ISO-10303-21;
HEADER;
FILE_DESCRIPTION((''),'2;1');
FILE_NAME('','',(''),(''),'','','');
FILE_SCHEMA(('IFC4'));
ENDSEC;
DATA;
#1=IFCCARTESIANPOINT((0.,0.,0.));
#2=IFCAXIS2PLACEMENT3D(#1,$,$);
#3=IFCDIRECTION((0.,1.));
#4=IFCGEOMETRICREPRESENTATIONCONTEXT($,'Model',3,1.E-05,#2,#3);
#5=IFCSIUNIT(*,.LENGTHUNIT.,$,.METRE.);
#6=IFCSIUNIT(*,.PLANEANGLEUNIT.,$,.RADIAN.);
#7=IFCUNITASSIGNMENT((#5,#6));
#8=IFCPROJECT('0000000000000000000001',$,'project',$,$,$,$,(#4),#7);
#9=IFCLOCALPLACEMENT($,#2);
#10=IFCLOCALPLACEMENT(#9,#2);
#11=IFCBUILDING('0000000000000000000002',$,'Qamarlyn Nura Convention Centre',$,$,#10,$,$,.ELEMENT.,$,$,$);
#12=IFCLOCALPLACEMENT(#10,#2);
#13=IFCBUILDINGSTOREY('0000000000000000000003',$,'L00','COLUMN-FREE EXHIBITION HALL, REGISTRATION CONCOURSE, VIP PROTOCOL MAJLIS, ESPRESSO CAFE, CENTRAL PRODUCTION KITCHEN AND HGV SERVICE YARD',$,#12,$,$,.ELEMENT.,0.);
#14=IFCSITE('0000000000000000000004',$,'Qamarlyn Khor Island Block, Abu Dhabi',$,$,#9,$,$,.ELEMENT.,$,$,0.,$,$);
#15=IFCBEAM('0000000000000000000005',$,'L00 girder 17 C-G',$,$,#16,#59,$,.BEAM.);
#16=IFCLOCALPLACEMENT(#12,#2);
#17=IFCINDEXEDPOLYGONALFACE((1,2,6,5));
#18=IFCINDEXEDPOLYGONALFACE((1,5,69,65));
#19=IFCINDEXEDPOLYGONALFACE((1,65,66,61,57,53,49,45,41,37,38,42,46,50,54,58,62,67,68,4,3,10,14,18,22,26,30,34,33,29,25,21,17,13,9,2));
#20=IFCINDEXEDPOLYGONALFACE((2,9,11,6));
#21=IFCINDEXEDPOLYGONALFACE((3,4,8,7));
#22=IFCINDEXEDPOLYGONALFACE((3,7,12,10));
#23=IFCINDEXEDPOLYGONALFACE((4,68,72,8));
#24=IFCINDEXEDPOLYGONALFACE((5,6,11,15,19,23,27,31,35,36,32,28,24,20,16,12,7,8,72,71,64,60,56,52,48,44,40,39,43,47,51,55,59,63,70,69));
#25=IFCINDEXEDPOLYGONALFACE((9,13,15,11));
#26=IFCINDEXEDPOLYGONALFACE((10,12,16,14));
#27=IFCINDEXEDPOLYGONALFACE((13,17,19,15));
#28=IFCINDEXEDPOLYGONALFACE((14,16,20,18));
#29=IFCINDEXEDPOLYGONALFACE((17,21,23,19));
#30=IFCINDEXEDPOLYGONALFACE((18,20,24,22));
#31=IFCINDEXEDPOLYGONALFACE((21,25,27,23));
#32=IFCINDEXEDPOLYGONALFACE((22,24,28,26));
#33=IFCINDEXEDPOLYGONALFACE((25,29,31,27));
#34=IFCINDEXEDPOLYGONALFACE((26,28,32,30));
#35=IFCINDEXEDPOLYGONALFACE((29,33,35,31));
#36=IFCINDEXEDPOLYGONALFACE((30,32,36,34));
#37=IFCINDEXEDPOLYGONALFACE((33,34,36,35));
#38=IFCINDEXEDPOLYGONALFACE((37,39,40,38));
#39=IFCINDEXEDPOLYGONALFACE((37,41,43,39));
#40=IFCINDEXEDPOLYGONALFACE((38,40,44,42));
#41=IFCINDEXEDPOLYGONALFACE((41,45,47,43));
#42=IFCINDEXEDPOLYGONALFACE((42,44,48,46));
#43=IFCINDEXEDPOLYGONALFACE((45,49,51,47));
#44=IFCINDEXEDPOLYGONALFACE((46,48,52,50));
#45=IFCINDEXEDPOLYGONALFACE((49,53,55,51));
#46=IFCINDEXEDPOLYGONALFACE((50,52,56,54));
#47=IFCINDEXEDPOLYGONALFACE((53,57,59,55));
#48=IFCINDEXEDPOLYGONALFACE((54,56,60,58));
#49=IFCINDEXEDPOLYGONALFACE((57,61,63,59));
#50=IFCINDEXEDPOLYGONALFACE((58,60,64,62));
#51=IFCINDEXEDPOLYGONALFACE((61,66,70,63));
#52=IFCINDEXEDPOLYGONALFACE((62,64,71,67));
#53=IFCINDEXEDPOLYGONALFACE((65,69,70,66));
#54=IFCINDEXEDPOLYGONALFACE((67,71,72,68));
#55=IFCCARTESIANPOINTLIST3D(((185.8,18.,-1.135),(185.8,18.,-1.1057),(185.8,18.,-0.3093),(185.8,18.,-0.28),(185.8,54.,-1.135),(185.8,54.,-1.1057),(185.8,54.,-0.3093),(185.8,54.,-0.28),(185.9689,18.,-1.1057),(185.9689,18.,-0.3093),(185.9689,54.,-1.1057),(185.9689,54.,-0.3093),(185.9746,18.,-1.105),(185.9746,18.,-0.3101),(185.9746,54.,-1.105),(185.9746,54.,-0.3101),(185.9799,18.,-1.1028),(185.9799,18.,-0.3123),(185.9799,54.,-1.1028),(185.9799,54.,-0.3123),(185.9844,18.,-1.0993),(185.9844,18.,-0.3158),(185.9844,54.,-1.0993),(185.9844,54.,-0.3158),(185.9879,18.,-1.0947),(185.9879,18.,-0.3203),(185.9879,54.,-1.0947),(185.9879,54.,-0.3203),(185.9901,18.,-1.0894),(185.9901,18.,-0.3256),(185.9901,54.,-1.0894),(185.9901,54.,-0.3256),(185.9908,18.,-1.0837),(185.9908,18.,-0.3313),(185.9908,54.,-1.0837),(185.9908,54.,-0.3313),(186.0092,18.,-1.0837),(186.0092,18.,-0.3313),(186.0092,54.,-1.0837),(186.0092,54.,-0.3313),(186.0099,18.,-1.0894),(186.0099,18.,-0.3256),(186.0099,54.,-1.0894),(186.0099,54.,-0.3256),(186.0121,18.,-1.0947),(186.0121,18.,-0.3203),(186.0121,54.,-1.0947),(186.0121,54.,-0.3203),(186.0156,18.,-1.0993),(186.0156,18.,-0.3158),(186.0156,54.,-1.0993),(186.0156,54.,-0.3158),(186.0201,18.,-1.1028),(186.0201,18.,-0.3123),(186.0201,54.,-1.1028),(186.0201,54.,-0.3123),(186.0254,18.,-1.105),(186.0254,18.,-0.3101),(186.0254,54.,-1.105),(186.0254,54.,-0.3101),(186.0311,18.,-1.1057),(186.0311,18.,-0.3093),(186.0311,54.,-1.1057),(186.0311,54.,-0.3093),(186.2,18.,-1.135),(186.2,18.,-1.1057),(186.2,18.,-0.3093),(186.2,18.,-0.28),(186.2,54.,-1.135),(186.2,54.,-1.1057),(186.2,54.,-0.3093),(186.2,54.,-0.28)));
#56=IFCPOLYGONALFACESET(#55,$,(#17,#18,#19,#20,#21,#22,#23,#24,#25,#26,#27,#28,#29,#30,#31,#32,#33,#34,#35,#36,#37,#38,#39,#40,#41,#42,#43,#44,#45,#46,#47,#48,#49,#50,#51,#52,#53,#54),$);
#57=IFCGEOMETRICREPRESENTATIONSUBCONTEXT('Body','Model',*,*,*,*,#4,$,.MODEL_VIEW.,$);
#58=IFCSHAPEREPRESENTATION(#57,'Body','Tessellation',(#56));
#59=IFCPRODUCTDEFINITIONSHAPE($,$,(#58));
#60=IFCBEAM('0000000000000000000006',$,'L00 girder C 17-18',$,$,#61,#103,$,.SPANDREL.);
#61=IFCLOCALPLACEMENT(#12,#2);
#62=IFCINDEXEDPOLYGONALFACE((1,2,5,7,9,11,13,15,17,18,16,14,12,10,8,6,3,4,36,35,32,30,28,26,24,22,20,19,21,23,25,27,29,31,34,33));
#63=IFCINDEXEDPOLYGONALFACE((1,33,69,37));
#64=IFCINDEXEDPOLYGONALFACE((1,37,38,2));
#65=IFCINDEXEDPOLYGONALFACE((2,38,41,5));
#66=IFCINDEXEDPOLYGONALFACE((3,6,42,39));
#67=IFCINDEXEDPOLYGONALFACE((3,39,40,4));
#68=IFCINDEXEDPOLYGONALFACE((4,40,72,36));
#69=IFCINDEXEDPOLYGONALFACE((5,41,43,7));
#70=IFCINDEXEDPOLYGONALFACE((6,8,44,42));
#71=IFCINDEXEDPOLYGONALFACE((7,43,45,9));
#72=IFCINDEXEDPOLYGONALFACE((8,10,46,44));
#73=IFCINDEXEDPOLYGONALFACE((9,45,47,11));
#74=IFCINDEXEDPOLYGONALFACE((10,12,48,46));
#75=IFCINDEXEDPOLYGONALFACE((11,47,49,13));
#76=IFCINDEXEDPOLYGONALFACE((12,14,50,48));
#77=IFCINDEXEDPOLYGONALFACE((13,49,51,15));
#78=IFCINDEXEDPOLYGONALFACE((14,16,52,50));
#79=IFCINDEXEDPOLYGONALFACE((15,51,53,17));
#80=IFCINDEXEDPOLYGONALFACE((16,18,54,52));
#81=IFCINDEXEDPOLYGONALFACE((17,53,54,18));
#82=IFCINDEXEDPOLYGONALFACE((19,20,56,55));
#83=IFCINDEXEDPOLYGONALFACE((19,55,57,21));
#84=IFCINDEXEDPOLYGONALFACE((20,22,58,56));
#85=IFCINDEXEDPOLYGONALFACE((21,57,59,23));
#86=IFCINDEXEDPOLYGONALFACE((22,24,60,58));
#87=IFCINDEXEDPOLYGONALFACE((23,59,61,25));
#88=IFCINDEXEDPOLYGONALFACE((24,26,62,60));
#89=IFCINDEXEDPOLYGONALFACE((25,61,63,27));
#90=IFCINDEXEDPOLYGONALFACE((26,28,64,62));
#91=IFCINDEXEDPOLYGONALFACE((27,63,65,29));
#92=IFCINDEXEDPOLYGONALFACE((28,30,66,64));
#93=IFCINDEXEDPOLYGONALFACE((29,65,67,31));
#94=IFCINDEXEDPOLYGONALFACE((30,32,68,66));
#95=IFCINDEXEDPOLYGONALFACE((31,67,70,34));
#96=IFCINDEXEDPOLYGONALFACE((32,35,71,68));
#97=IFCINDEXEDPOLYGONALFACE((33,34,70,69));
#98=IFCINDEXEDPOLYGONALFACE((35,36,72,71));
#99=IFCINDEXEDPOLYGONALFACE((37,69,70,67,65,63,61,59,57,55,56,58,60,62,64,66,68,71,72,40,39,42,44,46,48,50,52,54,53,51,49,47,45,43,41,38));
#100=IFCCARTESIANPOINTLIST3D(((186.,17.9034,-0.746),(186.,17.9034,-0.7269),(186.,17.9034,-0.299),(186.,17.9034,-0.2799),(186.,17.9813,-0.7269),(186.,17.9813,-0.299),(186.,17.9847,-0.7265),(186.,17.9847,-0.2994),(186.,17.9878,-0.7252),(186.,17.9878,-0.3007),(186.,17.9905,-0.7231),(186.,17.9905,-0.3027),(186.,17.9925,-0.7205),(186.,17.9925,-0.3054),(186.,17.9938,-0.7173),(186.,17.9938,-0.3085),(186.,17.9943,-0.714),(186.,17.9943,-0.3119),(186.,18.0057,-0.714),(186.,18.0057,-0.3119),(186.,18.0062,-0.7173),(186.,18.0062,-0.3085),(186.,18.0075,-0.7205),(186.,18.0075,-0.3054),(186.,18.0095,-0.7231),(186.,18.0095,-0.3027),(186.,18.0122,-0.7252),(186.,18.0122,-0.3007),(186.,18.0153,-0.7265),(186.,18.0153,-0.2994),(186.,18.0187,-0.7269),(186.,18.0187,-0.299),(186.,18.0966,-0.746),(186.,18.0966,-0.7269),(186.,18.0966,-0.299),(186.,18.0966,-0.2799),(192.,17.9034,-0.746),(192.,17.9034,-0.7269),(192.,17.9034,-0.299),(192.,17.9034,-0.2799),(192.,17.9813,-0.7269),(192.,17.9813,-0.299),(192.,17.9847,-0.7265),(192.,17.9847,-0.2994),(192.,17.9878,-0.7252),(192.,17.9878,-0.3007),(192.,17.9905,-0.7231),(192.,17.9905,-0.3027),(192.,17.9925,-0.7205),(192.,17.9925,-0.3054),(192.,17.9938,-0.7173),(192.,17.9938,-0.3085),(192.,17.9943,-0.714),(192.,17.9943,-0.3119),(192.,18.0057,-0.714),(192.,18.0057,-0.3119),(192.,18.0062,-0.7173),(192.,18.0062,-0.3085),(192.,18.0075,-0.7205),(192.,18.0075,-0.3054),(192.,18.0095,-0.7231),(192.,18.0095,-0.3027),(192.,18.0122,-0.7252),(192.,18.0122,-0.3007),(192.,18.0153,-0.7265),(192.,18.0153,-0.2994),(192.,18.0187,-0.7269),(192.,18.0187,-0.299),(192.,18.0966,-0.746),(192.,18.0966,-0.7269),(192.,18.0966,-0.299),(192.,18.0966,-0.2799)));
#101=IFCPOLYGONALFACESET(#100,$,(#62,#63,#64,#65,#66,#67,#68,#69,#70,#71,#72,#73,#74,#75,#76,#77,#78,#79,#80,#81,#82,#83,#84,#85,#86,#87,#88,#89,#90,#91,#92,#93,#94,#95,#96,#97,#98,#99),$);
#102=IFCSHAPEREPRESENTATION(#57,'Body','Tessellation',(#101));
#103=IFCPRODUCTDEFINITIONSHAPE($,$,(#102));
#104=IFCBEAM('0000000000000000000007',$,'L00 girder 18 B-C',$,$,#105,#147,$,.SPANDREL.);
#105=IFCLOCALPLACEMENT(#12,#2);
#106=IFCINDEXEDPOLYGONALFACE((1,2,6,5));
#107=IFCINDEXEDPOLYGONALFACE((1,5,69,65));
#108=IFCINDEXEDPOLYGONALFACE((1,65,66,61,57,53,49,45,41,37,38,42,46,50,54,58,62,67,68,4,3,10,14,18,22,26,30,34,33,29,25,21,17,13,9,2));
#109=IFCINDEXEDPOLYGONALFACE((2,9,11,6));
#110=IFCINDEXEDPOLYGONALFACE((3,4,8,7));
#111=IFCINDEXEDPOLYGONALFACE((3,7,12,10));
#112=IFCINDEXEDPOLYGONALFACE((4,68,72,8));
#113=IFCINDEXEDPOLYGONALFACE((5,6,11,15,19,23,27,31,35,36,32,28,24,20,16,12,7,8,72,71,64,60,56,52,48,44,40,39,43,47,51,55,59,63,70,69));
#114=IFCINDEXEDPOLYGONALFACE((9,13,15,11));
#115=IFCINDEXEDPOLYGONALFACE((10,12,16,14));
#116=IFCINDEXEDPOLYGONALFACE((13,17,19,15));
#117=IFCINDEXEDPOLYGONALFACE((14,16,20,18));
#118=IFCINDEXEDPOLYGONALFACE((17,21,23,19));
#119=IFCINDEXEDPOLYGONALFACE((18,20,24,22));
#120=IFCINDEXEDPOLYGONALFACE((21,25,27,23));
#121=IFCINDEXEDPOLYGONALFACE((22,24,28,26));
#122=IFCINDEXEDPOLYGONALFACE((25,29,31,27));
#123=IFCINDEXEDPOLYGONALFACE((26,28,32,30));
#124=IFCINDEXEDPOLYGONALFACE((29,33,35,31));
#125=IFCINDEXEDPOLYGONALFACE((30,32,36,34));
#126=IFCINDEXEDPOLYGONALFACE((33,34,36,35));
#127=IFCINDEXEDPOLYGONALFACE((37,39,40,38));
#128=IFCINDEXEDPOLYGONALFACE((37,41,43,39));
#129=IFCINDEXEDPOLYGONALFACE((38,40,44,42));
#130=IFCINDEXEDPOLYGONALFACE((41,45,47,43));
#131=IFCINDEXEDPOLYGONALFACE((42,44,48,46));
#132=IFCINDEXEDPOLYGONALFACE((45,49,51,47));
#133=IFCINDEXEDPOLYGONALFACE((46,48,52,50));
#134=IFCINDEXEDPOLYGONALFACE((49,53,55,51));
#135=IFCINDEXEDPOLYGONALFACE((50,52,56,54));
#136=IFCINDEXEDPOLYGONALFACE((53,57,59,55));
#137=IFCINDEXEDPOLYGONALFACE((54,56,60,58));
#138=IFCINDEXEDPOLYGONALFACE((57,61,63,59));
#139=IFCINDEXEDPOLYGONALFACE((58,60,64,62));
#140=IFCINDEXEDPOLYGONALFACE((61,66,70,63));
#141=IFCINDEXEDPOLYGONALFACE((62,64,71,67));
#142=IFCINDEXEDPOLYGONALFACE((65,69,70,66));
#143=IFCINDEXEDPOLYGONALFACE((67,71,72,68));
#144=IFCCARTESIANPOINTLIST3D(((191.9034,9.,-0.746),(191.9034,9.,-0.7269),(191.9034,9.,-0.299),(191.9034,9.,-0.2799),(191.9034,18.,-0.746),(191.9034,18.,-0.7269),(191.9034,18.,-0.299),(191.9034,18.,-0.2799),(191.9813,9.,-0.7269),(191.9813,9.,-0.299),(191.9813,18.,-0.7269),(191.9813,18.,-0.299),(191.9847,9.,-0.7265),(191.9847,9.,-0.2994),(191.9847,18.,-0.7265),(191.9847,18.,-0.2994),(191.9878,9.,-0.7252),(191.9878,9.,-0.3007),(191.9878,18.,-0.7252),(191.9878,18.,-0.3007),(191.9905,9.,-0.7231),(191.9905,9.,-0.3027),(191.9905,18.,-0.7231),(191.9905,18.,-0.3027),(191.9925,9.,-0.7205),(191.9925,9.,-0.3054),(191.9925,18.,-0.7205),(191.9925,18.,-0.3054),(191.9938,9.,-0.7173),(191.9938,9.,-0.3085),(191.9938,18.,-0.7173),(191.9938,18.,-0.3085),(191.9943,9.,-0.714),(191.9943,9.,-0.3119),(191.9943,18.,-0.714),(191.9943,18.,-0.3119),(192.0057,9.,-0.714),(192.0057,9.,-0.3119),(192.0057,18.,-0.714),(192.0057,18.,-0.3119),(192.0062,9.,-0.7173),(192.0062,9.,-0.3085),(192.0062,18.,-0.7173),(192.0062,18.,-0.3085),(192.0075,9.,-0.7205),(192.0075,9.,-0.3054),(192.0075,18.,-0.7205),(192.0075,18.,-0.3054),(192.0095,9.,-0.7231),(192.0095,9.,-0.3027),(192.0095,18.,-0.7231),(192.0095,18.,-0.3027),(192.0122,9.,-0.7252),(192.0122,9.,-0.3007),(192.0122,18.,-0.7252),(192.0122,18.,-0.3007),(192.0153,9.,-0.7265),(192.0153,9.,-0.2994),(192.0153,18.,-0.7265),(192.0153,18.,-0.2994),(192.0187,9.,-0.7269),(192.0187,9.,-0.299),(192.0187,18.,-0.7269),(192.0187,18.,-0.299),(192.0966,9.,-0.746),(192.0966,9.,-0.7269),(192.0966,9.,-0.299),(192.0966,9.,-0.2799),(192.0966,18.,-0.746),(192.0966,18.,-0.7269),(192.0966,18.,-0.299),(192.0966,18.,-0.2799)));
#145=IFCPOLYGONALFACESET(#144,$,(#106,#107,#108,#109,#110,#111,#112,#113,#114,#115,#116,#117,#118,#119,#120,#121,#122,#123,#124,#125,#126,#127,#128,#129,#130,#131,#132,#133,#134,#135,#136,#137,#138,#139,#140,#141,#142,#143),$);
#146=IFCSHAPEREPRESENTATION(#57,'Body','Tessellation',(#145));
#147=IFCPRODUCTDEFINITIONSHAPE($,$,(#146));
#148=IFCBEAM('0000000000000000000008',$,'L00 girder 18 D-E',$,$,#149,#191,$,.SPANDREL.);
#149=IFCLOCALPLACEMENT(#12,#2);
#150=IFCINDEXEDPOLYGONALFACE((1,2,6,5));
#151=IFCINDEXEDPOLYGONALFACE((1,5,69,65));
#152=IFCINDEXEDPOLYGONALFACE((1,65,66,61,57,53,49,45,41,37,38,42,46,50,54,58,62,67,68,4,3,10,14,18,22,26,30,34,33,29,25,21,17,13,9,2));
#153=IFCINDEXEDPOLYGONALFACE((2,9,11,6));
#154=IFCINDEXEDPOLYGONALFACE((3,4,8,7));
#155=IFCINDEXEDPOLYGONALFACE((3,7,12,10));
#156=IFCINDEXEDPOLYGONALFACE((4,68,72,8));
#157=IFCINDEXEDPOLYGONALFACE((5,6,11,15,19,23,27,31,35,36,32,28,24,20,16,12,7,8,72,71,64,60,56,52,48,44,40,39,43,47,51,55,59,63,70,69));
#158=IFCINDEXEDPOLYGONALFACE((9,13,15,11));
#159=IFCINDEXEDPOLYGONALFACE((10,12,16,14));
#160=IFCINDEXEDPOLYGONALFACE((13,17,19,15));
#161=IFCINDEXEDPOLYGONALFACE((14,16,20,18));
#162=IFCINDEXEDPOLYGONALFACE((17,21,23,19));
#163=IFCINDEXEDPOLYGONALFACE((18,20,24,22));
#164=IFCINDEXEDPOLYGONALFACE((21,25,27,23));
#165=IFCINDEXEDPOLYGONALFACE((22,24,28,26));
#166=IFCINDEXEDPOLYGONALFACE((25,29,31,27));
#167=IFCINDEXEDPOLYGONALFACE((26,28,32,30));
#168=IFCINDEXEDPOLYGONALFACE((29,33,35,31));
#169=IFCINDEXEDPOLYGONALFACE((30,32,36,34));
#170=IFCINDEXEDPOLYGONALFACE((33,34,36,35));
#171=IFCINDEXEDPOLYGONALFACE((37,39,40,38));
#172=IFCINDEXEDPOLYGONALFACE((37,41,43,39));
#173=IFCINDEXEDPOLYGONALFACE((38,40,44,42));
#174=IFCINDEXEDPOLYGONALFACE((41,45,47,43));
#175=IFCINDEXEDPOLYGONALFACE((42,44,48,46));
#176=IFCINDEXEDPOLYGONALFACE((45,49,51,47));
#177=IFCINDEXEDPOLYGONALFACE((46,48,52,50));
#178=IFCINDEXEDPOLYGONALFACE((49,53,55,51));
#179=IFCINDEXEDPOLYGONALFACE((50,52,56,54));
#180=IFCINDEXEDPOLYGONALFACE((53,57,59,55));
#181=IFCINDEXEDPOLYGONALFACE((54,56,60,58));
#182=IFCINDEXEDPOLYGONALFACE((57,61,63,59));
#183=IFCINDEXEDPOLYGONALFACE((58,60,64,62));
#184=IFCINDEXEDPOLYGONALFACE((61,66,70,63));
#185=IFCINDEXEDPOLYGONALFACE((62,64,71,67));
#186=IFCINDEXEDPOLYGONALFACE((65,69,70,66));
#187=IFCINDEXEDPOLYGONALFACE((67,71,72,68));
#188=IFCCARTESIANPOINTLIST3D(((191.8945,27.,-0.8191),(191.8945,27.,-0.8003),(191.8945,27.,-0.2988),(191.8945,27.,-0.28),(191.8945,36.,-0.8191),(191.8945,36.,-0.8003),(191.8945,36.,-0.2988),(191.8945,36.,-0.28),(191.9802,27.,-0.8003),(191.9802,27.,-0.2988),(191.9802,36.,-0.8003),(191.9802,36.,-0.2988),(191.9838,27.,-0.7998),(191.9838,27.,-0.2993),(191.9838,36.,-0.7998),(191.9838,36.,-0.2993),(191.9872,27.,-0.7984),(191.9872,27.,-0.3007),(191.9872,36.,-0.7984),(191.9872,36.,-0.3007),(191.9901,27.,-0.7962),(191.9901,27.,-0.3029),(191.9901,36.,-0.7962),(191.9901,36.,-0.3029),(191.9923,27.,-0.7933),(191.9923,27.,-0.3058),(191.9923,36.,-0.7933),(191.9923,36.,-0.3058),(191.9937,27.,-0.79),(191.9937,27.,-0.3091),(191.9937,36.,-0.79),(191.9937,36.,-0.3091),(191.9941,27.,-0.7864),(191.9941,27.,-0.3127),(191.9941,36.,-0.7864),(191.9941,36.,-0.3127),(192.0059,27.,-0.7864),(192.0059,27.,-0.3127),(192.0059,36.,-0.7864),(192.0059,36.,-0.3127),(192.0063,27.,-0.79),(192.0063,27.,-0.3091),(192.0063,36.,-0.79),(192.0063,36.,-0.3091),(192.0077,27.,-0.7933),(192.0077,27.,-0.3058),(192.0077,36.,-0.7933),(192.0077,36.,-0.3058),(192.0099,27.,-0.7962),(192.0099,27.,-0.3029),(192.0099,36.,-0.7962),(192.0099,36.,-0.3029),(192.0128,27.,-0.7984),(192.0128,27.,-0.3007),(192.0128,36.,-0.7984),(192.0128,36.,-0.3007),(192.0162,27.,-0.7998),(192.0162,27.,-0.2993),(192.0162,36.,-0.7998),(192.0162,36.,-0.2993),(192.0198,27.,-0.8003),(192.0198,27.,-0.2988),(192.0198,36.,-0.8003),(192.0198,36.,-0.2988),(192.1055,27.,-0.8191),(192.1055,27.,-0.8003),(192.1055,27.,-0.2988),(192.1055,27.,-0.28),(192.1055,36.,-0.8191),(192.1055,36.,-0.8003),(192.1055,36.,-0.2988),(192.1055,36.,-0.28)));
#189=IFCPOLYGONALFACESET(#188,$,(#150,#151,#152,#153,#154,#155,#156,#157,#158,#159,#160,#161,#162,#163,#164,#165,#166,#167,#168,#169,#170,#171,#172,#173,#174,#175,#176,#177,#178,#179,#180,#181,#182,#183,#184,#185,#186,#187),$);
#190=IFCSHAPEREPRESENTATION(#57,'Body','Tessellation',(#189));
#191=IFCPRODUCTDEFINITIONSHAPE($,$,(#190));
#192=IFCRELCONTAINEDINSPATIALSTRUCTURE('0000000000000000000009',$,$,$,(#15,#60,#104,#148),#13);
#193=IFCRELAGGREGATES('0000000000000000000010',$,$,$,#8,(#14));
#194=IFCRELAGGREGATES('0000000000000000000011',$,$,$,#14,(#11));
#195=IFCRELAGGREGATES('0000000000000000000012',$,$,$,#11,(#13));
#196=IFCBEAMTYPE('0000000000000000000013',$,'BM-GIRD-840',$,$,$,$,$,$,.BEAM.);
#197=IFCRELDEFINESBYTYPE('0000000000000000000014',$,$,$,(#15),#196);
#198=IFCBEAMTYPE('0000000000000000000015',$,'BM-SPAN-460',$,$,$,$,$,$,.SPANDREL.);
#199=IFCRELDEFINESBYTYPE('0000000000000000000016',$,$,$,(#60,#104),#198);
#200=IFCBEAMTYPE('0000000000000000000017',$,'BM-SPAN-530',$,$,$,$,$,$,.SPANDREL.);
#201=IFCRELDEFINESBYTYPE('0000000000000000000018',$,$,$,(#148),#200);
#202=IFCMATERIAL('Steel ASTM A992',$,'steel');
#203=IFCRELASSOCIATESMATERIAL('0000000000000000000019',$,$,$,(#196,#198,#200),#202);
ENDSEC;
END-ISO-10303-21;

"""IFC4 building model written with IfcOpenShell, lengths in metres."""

from ifc_helpers import new_model, si_unit, direction, frame, origin, origin_2d, place, context, subcontext, project, spatial, i_section, extrude, material, material_profile, profile_set, type_object, element, save


model = new_model("IFC4")

# Units and contexts
model_context = context("Model", 3, precision=1e-05, world=origin(), true_north=direction((0.0, 1.0)))
body_context = subcontext(model_context, "Body", "Model", "MODEL_VIEW")
ifc_project = project(units=[si_unit("LENGTHUNIT", "METRE"), si_unit("PLANEANGLEUNIT", "RADIAN")], contexts=[model_context])

# Site, building, storey
site_placement = place(None, origin())
site = spatial("IfcSite", under=ifc_project, at=site_placement, Name="Qamarlyn Khor Island Block, Abu Dhabi", CompositionType="ELEMENT", RefElevation=0.0)
building_placement = place(site_placement, origin())
building = spatial("IfcBuilding", under=site, at=building_placement, Name="Qamarlyn Nura Convention Centre", CompositionType="ELEMENT")
storey_placement = place(building_placement, origin())
storey = spatial("IfcBuildingStorey", under=building, at=storey_placement, Name="L00", Description="COLUMN-FREE EXHIBITION HALL, REGISTRATION CONCOURSE, VIP PROTOCOL MAJLIS, ESPRESSO CAFE, CENTRAL PRODUCTION KITCHEN AND HGV SERVICE YARD", CompositionType="ELEMENT", Elevation=0.0)

# Shared definitions
ifc_material_1 = material(Name="Steel ASTM A992", Category="steel")

# Beams
ifc_material_profile_1 = material_profile(ifc_material_1, i_section(OverallWidth=0.3999, OverallDepth=0.855, WebThickness=0.0183, FlangeThickness=0.0293, FilletRadius=0.022, at=origin_2d()), Name="W840X299")
ifc_profile_set_1 = profile_set([ifc_material_profile_1], Name="Steel ASTM A992")
beam_type_1 = type_object("IfcBeamType", Name="BM-GIRD-840", PredefinedType="BEAM", material=ifc_profile_set_1)
beam_1_placement = place(storey_placement, frame((186.0, 18.0, -0.7075), z_axis=(0.0, 1.0, 0.0), x_axis=(-1.0, 0.0, 0.0)))
element("IfcBeam", 1, at=beam_1_placement, inside=storey, type_object=beam_type_1, Name="L00 girder 17 C-G", PredefinedType="BEAM", context=body_context, shape_type="SweptSolid", body=[
    extrude(i_section(OverallWidth=0.3999, OverallDepth=0.855, WebThickness=0.0183, FlangeThickness=0.0293, FilletRadius=0.022, at=origin_2d()), origin(), (0.0, 0.0, 1.0), 36.0),
])
ifc_material_profile_2 = material_profile(ifc_material_1, i_section(OverallWidth=0.1931, OverallDepth=0.4661, WebThickness=0.0115, FlangeThickness=0.019, FilletRadius=0.0129, at=origin_2d()), Name="W460X97")
ifc_profile_set_2 = profile_set([ifc_material_profile_2], Name="Steel ASTM A992")
beam_type_2 = type_object("IfcBeamType", Name="BM-SPAN-460", PredefinedType="SPANDREL", material=ifc_profile_set_2)
beam_2_placement = place(storey_placement, frame((186.0, 18.0, -0.5129), z_axis=(1.0, 0.0, 0.0), x_axis=(0.0, 1.0, 0.0)))
element("IfcBeam", 2, at=beam_2_placement, inside=storey, type_object=beam_type_2, Name="L00 girder C 17-18", PredefinedType="SPANDREL", context=body_context, shape_type="SweptSolid", body=[
    extrude(i_section(OverallWidth=0.1931, OverallDepth=0.4661, WebThickness=0.0115, FlangeThickness=0.019, FilletRadius=0.0129, at=origin_2d()), origin(), (0.0, 0.0, 1.0), 6.0),
])
beam_3_placement = place(storey_placement, frame((192.0, 9.0, -0.5129), z_axis=(0.0, 1.0, 0.0), x_axis=(-1.0, 0.0, 0.0)))
element("IfcBeam", 3, at=beam_3_placement, inside=storey, type_object=beam_type_2, Name="L00 girder 18 B-C", PredefinedType="SPANDREL", context=body_context, shape_type="SweptSolid", body=[
    extrude(i_section(OverallWidth=0.1931, OverallDepth=0.4661, WebThickness=0.0115, FlangeThickness=0.019, FilletRadius=0.0129, at=origin_2d()), origin(), (0.0, 0.0, 1.0), 9.0),
])
ifc_material_profile_3 = material_profile(ifc_material_1, i_section(OverallWidth=0.2109, OverallDepth=0.5391, WebThickness=0.0117, FlangeThickness=0.0188, FilletRadius=0.0139, at=origin_2d()), Name="W530X109")
ifc_profile_set_3 = profile_set([ifc_material_profile_3], Name="Steel ASTM A992")
beam_type_3 = type_object("IfcBeamType", Name="BM-SPAN-530", PredefinedType="SPANDREL", material=ifc_profile_set_3)
beam_4_placement = place(storey_placement, frame((192.0, 27.0, -0.5496), z_axis=(0.0, 1.0, 0.0), x_axis=(-1.0, 0.0, 0.0)))
element("IfcBeam", 4, at=beam_4_placement, inside=storey, type_object=beam_type_3, Name="L00 girder 18 D-E", PredefinedType="SPANDREL", context=body_context, shape_type="SweptSolid", body=[
    extrude(i_section(OverallWidth=0.2109, OverallDepth=0.5391, WebThickness=0.0117, FlangeThickness=0.0188, FilletRadius=0.0139, at=origin_2d()), origin(), (0.0, 0.0, 1.0), 9.0),
])

save(model, "model.ifc")
